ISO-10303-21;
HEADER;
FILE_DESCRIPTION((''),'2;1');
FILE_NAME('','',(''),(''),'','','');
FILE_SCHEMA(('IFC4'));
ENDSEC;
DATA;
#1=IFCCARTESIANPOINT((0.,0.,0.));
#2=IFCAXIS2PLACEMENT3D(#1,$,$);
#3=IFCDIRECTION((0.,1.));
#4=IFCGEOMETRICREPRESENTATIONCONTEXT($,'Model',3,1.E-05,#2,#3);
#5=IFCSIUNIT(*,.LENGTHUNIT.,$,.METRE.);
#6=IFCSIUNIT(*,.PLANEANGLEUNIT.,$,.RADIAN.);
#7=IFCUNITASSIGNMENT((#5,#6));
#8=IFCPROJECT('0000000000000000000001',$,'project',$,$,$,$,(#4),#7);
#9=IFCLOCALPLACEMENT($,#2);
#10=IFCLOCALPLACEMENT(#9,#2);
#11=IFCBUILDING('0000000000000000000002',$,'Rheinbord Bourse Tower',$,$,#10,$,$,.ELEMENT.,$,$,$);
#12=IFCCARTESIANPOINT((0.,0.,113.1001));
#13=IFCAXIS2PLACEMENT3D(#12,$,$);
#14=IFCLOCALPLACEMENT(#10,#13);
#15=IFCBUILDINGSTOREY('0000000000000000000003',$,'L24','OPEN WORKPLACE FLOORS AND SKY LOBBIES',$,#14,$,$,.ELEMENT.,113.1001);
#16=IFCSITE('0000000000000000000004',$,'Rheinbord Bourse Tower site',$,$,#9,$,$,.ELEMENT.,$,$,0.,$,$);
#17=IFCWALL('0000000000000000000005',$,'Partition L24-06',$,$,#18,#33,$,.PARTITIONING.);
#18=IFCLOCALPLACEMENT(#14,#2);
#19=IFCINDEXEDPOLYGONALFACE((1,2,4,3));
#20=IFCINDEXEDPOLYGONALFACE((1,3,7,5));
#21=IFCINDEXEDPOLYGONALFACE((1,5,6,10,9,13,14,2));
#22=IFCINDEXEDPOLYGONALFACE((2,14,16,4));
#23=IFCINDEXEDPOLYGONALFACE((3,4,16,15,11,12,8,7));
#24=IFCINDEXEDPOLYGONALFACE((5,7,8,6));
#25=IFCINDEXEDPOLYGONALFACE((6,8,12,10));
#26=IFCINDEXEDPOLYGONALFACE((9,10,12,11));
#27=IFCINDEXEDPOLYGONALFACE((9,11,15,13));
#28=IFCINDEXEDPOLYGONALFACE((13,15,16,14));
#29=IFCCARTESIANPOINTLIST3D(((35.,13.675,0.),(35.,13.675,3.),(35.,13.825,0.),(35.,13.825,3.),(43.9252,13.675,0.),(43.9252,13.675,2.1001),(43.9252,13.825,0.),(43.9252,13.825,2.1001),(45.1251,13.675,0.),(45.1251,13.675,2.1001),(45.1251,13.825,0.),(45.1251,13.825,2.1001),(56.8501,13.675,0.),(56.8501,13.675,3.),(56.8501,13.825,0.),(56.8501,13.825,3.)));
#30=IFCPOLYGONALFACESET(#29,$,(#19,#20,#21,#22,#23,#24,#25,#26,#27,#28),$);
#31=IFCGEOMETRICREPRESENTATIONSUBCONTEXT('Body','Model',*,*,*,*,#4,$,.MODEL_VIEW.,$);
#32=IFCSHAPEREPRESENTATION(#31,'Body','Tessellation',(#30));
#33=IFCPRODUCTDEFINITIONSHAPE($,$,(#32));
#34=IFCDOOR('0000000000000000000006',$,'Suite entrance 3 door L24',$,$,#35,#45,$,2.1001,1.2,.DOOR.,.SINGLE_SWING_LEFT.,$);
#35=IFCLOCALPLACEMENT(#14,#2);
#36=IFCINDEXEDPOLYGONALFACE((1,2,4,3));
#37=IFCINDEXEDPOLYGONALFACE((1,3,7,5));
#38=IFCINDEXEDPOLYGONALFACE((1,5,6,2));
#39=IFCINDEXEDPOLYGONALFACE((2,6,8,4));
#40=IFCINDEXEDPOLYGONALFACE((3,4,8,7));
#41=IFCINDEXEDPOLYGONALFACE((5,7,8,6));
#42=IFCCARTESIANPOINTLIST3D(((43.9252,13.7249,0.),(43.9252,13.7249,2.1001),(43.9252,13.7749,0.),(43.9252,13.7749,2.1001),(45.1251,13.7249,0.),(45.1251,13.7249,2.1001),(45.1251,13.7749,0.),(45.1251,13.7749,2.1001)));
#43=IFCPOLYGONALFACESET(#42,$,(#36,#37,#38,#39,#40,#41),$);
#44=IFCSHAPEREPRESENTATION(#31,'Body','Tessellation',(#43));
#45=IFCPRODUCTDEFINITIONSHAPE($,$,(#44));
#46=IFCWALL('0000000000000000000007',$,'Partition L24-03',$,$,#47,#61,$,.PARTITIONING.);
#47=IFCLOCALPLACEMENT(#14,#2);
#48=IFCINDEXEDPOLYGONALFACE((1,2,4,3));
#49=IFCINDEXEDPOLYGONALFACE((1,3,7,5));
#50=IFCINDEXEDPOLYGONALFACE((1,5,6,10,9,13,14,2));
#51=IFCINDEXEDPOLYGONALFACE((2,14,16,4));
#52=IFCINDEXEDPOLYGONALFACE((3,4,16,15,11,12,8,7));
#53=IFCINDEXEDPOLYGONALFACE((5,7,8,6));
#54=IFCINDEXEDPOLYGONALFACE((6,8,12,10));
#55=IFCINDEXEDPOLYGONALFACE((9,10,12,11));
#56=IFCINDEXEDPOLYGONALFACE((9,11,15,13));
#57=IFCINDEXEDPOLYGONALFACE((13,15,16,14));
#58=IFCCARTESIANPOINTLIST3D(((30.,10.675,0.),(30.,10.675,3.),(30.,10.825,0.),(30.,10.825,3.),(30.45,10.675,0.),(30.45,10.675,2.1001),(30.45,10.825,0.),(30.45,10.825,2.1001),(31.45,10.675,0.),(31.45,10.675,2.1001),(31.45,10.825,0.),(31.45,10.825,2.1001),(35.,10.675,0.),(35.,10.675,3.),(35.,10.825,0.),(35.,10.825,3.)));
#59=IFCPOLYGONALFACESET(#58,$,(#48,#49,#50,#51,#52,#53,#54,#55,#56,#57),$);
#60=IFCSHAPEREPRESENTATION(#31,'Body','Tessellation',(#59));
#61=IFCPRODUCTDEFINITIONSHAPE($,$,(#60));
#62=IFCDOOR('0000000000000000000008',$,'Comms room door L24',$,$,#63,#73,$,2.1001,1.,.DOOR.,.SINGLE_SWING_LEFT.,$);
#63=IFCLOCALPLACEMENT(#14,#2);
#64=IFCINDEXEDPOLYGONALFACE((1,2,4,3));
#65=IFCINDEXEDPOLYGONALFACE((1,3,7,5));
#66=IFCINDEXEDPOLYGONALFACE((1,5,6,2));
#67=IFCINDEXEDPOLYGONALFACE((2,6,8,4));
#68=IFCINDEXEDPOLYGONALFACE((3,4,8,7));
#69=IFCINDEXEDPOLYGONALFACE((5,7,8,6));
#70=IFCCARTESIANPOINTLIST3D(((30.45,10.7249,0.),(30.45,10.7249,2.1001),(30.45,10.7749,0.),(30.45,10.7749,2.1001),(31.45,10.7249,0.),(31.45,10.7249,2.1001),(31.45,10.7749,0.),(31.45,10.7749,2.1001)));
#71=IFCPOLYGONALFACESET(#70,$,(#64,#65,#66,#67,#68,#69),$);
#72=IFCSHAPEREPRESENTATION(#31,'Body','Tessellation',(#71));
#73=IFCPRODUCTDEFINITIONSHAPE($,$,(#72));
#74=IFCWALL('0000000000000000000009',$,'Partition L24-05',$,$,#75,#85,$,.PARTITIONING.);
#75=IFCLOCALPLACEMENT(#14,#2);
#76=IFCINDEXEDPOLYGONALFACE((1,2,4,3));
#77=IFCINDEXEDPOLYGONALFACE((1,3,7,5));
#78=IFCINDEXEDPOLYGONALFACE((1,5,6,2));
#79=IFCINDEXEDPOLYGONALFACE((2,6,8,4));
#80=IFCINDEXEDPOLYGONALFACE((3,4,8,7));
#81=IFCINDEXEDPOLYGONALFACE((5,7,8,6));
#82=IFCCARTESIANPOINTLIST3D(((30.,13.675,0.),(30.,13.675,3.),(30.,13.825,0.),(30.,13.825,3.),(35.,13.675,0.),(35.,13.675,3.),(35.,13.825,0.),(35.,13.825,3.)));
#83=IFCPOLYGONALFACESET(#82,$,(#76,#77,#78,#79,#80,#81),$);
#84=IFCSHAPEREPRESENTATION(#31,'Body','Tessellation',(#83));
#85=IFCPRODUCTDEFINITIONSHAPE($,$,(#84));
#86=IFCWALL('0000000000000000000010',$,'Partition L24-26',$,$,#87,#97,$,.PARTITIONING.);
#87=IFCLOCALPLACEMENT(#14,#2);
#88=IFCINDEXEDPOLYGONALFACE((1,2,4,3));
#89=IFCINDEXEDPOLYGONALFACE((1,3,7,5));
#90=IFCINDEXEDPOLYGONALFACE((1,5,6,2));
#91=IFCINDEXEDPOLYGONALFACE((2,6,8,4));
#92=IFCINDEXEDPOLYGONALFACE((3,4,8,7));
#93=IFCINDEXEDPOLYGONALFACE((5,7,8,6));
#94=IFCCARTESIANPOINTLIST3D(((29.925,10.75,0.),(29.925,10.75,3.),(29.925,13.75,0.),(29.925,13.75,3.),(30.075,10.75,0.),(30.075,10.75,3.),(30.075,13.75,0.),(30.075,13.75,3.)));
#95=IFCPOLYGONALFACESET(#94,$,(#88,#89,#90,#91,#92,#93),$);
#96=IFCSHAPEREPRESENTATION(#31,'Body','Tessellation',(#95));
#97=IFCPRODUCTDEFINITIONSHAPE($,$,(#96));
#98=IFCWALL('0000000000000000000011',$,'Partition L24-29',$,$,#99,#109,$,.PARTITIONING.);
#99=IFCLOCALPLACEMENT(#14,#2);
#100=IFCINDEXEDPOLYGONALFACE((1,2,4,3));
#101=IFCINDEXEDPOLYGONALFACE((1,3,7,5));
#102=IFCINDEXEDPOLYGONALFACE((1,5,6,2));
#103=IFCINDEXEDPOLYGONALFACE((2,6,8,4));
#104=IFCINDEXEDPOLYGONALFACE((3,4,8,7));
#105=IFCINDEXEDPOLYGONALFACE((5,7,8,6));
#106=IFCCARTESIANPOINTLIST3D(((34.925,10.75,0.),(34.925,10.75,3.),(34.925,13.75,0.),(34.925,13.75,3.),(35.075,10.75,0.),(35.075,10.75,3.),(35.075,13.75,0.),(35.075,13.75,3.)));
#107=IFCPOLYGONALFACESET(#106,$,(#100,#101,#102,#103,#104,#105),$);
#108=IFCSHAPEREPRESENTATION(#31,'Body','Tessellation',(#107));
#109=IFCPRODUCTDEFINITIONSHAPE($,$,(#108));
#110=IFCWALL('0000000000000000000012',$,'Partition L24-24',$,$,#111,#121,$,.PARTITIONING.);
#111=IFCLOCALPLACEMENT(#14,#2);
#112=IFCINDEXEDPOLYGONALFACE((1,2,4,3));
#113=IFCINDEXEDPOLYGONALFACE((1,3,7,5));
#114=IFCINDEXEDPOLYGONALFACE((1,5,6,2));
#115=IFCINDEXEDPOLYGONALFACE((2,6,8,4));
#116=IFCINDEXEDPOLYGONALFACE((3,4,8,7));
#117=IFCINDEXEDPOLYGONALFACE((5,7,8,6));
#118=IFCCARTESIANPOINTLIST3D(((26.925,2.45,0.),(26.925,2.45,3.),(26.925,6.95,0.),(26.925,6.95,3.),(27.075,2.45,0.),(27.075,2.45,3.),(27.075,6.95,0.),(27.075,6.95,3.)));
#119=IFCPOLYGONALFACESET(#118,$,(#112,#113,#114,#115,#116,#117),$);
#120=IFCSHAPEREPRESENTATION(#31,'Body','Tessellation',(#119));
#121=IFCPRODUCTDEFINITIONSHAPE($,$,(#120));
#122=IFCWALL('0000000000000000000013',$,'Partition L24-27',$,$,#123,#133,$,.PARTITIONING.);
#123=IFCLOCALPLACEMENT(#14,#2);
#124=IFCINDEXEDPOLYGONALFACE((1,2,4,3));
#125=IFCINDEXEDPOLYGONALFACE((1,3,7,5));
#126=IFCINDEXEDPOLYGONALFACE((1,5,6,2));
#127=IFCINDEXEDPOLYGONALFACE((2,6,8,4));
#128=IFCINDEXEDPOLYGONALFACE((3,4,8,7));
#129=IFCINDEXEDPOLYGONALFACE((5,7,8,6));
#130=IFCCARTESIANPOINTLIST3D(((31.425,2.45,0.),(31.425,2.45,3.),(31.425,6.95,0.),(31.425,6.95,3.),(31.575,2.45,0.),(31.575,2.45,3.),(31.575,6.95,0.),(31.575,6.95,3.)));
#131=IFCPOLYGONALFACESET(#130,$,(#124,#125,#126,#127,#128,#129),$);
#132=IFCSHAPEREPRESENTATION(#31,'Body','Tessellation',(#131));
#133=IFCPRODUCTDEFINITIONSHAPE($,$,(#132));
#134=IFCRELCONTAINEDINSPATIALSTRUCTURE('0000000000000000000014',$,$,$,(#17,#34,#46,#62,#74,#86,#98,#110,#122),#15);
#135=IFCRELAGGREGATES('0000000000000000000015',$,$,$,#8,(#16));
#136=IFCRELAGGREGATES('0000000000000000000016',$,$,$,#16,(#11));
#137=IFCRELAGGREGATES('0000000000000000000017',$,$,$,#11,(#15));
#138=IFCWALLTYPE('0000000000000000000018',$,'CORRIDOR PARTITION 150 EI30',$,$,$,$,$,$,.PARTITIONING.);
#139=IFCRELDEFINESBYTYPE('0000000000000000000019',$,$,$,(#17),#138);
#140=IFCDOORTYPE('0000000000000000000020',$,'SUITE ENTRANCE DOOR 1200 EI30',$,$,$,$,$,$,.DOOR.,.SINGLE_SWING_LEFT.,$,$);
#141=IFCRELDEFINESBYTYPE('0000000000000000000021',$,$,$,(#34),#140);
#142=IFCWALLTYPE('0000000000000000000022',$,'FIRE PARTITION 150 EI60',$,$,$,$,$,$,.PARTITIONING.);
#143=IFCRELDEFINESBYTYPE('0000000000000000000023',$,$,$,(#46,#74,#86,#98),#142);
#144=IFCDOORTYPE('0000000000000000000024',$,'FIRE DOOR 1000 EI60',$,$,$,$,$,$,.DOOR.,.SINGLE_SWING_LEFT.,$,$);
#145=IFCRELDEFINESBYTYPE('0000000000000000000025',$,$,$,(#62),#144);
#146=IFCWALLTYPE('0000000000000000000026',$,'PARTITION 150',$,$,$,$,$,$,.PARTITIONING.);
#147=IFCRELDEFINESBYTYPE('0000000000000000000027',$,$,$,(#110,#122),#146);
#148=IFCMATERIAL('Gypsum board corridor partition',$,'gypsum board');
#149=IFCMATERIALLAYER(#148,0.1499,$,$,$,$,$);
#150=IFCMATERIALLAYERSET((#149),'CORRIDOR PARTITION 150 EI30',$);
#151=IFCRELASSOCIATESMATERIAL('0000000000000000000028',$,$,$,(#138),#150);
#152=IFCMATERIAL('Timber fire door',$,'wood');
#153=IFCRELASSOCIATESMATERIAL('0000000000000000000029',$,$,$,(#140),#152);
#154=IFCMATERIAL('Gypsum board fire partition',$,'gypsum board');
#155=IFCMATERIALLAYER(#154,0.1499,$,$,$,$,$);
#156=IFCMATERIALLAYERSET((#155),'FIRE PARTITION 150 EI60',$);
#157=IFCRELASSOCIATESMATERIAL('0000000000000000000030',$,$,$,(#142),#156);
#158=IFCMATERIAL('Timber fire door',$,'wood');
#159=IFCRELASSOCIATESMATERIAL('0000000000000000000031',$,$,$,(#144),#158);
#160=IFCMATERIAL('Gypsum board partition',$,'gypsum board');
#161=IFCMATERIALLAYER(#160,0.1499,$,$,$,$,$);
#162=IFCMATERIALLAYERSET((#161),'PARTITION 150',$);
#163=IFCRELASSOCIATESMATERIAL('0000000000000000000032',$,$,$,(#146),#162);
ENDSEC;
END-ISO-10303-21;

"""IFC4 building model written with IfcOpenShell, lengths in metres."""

from ifc_helpers import new_model, si_unit, direction, frame, frame_2d, origin, place, context, subcontext, project, spatial, rectangle, extrude, material, layer, layer_set, type_object, element, fill, save


model = new_model("IFC4")

# Units and contexts
model_context = context("Model", 3, precision=1e-05, world=origin(), true_north=direction((0.0, 1.0)))
body_context = subcontext(model_context, "Body", "Model", "MODEL_VIEW")
ifc_project = project(units=[si_unit("LENGTHUNIT", "METRE"), si_unit("PLANEANGLEUNIT", "RADIAN")], contexts=[model_context])

# Site, building, storey
site_placement = place(None, origin())
site = spatial("IfcSite", under=ifc_project, at=site_placement, Name="Rheinbord Bourse Tower site", CompositionType="ELEMENT", RefElevation=0.0)
building_placement = place(site_placement, origin())
building = spatial("IfcBuilding", under=site, at=building_placement, Name="Rheinbord Bourse Tower", CompositionType="ELEMENT")
storey_placement = place(building_placement, frame((0.0, 0.0, 113.1001)))
storey = spatial("IfcBuildingStorey", under=building, at=storey_placement, Name="L24", Description="OPEN WORKPLACE FLOORS AND SKY LOBBIES", CompositionType="ELEMENT", Elevation=113.1001)

# Walls, openings, doors
ifc_material_1 = material(Name="Gypsum board corridor partition", Category="gypsum board")
ifc_layer_1 = layer(ifc_material_1, 0.1499)
ifc_layer_set_1 = layer_set([ifc_layer_1], Name="CORRIDOR PARTITION 150 EI30")
wall_type_1 = type_object("IfcWallType", Name="CORRIDOR PARTITION 150 EI30", PredefinedType="PARTITIONING", material=ifc_layer_set_1)
wall_1_placement = place(storey_placement, frame((35.0, 13.75, 0.0), z_axis=(0.0, 0.0, 1.0), x_axis=(1.0, 0.0, 0.0)))
wall_1 = element("IfcWall", 1, at=wall_1_placement, inside=storey, type_object=wall_type_1, Name="Partition L24-06", PredefinedType="PARTITIONING", context=body_context, shape_type="SweptSolid", body=[
    extrude(rectangle(XDim=21.8501, YDim=0.1499, at=frame_2d((10.925, 0.0))), origin(), (0.0, 0.0, 1.0), 3.0),
])
opening_1_placement = place(wall_1_placement, frame((8.925, 0.0, 0.0)))
opening_1 = element("IfcOpeningElement", 2, at=opening_1_placement, cuts=wall_1, PredefinedType="OPENING", context=body_context, shape_type="SweptSolid", body=[
    extrude(rectangle(XDim=1.2, YDim=2.1001, at=frame_2d((0.6001, 1.05))), frame((0.0, 0.085, 0.0), z_axis=(0.0, -1.0, 0.0), x_axis=(1.0, 0.0, 0.0)), (0.0, 0.0, 1.0), 0.1699),
])
ifc_material_2 = material(Name="Timber fire door", Category="wood")
door_type_1 = type_object("IfcDoorType", Name="SUITE ENTRANCE DOOR 1200 EI30", OperationType="SINGLE_SWING_LEFT", PredefinedType="DOOR", material=ifc_material_2)
door_1_placement = place(opening_1_placement, origin())
door_1 = element("IfcDoor", 3, at=door_1_placement, inside=storey, type_object=door_type_1, Name="Suite entrance 3 door L24", OperationType="SINGLE_SWING_LEFT", OverallHeight=2.1001, OverallWidth=1.2, PredefinedType="DOOR", context=body_context, shape_type="SweptSolid", body=[
    extrude(rectangle(XDim=1.2, YDim=2.1001, at=frame_2d((0.6001, 1.05))), frame((0.0, 0.0249, 0.0), z_axis=(0.0, -1.0, 0.0), x_axis=(1.0, 0.0, 0.0)), (0.0, 0.0, 1.0), 0.05),
])
fill(opening_1, door_1)
ifc_material_3 = material(Name="Gypsum board fire partition", Category="gypsum board")
ifc_layer_2 = layer(ifc_material_3, 0.1499)
ifc_layer_set_2 = layer_set([ifc_layer_2], Name="FIRE PARTITION 150 EI60")
wall_type_2 = type_object("IfcWallType", Name="FIRE PARTITION 150 EI60", PredefinedType="PARTITIONING", material=ifc_layer_set_2)
wall_2_placement = place(storey_placement, frame((30.0, 10.75, 0.0), z_axis=(0.0, 0.0, 1.0), x_axis=(1.0, 0.0, 0.0)))
wall_2 = element("IfcWall", 4, at=wall_2_placement, inside=storey, type_object=wall_type_2, Name="Partition L24-03", PredefinedType="PARTITIONING", context=body_context, shape_type="SweptSolid", body=[
    extrude(rectangle(XDim=5.0, YDim=0.1499, at=frame_2d((2.5, 0.0))), origin(), (0.0, 0.0, 1.0), 3.0),
])
opening_2_placement = place(wall_2_placement, frame((0.45, 0.0, 0.0)))
opening_2 = element("IfcOpeningElement", 5, at=opening_2_placement, cuts=wall_2, PredefinedType="OPENING", context=body_context, shape_type="SweptSolid", body=[
    extrude(rectangle(XDim=1.0, YDim=2.1001, at=frame_2d((0.5, 1.05))), frame((0.0, 0.085, 0.0), z_axis=(0.0, -1.0, 0.0), x_axis=(1.0, 0.0, 0.0)), (0.0, 0.0, 1.0), 0.1699),
])
ifc_material_4 = material(Name="Timber fire door", Category="wood")
door_type_2 = type_object("IfcDoorType", Name="FIRE DOOR 1000 EI60", OperationType="SINGLE_SWING_LEFT", PredefinedType="DOOR", material=ifc_material_4)
door_2_placement = place(opening_2_placement, origin())
door_2 = element("IfcDoor", 6, at=door_2_placement, inside=storey, type_object=door_type_2, Name="Comms room door L24", OperationType="SINGLE_SWING_LEFT", OverallHeight=2.1001, OverallWidth=1.0, PredefinedType="DOOR", context=body_context, shape_type="SweptSolid", body=[
    extrude(rectangle(XDim=1.0, YDim=2.1001, at=frame_2d((0.5, 1.05))), frame((0.0, 0.0249, 0.0), z_axis=(0.0, -1.0, 0.0), x_axis=(1.0, 0.0, 0.0)), (0.0, 0.0, 1.0), 0.05),
])
fill(opening_2, door_2)

# Walls
wall_3_placement = place(storey_placement, frame((30.0, 13.75, 0.0), z_axis=(0.0, 0.0, 1.0), x_axis=(1.0, 0.0, 0.0)))
element("IfcWall", 7, at=wall_3_placement, inside=storey, type_object=wall_type_2, Name="Partition L24-05", PredefinedType="PARTITIONING", context=body_context, shape_type="SweptSolid", body=[
    extrude(rectangle(XDim=5.0, YDim=0.1499, at=frame_2d((2.5, 0.0))), origin(), (0.0, 0.0, 1.0), 3.0),
])
for number, where, z_axis, x_axis, name in (
    (8, (30.0, 10.75, 0.0), (0.0, 0.0, 1.0), (0.0, 1.0, 0.0), "Partition L24-26"),
    (9, (35.0, 10.75, 0.0), (0.0, 0.0, 1.0), (0.0, 1.0, 0.0), "Partition L24-29"),
):
    element("IfcWall", number, at=place(storey_placement, frame(where, z_axis=z_axis, x_axis=x_axis)), inside=storey, type_object=wall_type_2, Name=name, PredefinedType="PARTITIONING", context=body_context, shape_type="SweptSolid", body=[
        extrude(rectangle(XDim=3.0, YDim=0.1499, at=frame_2d((1.5, 0.0))), origin(), (0.0, 0.0, 1.0), 3.0),
    ])
ifc_material_5 = material(Name="Gypsum board partition", Category="gypsum board")
ifc_layer_3 = layer(ifc_material_5, 0.1499)
ifc_layer_set_3 = layer_set([ifc_layer_3], Name="PARTITION 150")
wall_type_3 = type_object("IfcWallType", Name="PARTITION 150", PredefinedType="PARTITIONING", material=ifc_layer_set_3)
for number, where, z_axis, x_axis, name in (
    (10, (27.0, 2.45, 0.0), (0.0, 0.0, 1.0), (0.0, 1.0, 0.0), "Partition L24-24"),
    (11, (31.5, 2.45, 0.0), (0.0, 0.0, 1.0), (0.0, 1.0, 0.0), "Partition L24-27"),
):
    element("IfcWall", number, at=place(storey_placement, frame(where, z_axis=z_axis, x_axis=x_axis)), inside=storey, type_object=wall_type_3, Name=name, PredefinedType="PARTITIONING", context=body_context, shape_type="SweptSolid", body=[
        extrude(rectangle(XDim=4.5, YDim=0.1499, at=frame_2d((2.25, 0.0))), origin(), (0.0, 0.0, 1.0), 3.0),
    ])

save(model, "model.ifc")
